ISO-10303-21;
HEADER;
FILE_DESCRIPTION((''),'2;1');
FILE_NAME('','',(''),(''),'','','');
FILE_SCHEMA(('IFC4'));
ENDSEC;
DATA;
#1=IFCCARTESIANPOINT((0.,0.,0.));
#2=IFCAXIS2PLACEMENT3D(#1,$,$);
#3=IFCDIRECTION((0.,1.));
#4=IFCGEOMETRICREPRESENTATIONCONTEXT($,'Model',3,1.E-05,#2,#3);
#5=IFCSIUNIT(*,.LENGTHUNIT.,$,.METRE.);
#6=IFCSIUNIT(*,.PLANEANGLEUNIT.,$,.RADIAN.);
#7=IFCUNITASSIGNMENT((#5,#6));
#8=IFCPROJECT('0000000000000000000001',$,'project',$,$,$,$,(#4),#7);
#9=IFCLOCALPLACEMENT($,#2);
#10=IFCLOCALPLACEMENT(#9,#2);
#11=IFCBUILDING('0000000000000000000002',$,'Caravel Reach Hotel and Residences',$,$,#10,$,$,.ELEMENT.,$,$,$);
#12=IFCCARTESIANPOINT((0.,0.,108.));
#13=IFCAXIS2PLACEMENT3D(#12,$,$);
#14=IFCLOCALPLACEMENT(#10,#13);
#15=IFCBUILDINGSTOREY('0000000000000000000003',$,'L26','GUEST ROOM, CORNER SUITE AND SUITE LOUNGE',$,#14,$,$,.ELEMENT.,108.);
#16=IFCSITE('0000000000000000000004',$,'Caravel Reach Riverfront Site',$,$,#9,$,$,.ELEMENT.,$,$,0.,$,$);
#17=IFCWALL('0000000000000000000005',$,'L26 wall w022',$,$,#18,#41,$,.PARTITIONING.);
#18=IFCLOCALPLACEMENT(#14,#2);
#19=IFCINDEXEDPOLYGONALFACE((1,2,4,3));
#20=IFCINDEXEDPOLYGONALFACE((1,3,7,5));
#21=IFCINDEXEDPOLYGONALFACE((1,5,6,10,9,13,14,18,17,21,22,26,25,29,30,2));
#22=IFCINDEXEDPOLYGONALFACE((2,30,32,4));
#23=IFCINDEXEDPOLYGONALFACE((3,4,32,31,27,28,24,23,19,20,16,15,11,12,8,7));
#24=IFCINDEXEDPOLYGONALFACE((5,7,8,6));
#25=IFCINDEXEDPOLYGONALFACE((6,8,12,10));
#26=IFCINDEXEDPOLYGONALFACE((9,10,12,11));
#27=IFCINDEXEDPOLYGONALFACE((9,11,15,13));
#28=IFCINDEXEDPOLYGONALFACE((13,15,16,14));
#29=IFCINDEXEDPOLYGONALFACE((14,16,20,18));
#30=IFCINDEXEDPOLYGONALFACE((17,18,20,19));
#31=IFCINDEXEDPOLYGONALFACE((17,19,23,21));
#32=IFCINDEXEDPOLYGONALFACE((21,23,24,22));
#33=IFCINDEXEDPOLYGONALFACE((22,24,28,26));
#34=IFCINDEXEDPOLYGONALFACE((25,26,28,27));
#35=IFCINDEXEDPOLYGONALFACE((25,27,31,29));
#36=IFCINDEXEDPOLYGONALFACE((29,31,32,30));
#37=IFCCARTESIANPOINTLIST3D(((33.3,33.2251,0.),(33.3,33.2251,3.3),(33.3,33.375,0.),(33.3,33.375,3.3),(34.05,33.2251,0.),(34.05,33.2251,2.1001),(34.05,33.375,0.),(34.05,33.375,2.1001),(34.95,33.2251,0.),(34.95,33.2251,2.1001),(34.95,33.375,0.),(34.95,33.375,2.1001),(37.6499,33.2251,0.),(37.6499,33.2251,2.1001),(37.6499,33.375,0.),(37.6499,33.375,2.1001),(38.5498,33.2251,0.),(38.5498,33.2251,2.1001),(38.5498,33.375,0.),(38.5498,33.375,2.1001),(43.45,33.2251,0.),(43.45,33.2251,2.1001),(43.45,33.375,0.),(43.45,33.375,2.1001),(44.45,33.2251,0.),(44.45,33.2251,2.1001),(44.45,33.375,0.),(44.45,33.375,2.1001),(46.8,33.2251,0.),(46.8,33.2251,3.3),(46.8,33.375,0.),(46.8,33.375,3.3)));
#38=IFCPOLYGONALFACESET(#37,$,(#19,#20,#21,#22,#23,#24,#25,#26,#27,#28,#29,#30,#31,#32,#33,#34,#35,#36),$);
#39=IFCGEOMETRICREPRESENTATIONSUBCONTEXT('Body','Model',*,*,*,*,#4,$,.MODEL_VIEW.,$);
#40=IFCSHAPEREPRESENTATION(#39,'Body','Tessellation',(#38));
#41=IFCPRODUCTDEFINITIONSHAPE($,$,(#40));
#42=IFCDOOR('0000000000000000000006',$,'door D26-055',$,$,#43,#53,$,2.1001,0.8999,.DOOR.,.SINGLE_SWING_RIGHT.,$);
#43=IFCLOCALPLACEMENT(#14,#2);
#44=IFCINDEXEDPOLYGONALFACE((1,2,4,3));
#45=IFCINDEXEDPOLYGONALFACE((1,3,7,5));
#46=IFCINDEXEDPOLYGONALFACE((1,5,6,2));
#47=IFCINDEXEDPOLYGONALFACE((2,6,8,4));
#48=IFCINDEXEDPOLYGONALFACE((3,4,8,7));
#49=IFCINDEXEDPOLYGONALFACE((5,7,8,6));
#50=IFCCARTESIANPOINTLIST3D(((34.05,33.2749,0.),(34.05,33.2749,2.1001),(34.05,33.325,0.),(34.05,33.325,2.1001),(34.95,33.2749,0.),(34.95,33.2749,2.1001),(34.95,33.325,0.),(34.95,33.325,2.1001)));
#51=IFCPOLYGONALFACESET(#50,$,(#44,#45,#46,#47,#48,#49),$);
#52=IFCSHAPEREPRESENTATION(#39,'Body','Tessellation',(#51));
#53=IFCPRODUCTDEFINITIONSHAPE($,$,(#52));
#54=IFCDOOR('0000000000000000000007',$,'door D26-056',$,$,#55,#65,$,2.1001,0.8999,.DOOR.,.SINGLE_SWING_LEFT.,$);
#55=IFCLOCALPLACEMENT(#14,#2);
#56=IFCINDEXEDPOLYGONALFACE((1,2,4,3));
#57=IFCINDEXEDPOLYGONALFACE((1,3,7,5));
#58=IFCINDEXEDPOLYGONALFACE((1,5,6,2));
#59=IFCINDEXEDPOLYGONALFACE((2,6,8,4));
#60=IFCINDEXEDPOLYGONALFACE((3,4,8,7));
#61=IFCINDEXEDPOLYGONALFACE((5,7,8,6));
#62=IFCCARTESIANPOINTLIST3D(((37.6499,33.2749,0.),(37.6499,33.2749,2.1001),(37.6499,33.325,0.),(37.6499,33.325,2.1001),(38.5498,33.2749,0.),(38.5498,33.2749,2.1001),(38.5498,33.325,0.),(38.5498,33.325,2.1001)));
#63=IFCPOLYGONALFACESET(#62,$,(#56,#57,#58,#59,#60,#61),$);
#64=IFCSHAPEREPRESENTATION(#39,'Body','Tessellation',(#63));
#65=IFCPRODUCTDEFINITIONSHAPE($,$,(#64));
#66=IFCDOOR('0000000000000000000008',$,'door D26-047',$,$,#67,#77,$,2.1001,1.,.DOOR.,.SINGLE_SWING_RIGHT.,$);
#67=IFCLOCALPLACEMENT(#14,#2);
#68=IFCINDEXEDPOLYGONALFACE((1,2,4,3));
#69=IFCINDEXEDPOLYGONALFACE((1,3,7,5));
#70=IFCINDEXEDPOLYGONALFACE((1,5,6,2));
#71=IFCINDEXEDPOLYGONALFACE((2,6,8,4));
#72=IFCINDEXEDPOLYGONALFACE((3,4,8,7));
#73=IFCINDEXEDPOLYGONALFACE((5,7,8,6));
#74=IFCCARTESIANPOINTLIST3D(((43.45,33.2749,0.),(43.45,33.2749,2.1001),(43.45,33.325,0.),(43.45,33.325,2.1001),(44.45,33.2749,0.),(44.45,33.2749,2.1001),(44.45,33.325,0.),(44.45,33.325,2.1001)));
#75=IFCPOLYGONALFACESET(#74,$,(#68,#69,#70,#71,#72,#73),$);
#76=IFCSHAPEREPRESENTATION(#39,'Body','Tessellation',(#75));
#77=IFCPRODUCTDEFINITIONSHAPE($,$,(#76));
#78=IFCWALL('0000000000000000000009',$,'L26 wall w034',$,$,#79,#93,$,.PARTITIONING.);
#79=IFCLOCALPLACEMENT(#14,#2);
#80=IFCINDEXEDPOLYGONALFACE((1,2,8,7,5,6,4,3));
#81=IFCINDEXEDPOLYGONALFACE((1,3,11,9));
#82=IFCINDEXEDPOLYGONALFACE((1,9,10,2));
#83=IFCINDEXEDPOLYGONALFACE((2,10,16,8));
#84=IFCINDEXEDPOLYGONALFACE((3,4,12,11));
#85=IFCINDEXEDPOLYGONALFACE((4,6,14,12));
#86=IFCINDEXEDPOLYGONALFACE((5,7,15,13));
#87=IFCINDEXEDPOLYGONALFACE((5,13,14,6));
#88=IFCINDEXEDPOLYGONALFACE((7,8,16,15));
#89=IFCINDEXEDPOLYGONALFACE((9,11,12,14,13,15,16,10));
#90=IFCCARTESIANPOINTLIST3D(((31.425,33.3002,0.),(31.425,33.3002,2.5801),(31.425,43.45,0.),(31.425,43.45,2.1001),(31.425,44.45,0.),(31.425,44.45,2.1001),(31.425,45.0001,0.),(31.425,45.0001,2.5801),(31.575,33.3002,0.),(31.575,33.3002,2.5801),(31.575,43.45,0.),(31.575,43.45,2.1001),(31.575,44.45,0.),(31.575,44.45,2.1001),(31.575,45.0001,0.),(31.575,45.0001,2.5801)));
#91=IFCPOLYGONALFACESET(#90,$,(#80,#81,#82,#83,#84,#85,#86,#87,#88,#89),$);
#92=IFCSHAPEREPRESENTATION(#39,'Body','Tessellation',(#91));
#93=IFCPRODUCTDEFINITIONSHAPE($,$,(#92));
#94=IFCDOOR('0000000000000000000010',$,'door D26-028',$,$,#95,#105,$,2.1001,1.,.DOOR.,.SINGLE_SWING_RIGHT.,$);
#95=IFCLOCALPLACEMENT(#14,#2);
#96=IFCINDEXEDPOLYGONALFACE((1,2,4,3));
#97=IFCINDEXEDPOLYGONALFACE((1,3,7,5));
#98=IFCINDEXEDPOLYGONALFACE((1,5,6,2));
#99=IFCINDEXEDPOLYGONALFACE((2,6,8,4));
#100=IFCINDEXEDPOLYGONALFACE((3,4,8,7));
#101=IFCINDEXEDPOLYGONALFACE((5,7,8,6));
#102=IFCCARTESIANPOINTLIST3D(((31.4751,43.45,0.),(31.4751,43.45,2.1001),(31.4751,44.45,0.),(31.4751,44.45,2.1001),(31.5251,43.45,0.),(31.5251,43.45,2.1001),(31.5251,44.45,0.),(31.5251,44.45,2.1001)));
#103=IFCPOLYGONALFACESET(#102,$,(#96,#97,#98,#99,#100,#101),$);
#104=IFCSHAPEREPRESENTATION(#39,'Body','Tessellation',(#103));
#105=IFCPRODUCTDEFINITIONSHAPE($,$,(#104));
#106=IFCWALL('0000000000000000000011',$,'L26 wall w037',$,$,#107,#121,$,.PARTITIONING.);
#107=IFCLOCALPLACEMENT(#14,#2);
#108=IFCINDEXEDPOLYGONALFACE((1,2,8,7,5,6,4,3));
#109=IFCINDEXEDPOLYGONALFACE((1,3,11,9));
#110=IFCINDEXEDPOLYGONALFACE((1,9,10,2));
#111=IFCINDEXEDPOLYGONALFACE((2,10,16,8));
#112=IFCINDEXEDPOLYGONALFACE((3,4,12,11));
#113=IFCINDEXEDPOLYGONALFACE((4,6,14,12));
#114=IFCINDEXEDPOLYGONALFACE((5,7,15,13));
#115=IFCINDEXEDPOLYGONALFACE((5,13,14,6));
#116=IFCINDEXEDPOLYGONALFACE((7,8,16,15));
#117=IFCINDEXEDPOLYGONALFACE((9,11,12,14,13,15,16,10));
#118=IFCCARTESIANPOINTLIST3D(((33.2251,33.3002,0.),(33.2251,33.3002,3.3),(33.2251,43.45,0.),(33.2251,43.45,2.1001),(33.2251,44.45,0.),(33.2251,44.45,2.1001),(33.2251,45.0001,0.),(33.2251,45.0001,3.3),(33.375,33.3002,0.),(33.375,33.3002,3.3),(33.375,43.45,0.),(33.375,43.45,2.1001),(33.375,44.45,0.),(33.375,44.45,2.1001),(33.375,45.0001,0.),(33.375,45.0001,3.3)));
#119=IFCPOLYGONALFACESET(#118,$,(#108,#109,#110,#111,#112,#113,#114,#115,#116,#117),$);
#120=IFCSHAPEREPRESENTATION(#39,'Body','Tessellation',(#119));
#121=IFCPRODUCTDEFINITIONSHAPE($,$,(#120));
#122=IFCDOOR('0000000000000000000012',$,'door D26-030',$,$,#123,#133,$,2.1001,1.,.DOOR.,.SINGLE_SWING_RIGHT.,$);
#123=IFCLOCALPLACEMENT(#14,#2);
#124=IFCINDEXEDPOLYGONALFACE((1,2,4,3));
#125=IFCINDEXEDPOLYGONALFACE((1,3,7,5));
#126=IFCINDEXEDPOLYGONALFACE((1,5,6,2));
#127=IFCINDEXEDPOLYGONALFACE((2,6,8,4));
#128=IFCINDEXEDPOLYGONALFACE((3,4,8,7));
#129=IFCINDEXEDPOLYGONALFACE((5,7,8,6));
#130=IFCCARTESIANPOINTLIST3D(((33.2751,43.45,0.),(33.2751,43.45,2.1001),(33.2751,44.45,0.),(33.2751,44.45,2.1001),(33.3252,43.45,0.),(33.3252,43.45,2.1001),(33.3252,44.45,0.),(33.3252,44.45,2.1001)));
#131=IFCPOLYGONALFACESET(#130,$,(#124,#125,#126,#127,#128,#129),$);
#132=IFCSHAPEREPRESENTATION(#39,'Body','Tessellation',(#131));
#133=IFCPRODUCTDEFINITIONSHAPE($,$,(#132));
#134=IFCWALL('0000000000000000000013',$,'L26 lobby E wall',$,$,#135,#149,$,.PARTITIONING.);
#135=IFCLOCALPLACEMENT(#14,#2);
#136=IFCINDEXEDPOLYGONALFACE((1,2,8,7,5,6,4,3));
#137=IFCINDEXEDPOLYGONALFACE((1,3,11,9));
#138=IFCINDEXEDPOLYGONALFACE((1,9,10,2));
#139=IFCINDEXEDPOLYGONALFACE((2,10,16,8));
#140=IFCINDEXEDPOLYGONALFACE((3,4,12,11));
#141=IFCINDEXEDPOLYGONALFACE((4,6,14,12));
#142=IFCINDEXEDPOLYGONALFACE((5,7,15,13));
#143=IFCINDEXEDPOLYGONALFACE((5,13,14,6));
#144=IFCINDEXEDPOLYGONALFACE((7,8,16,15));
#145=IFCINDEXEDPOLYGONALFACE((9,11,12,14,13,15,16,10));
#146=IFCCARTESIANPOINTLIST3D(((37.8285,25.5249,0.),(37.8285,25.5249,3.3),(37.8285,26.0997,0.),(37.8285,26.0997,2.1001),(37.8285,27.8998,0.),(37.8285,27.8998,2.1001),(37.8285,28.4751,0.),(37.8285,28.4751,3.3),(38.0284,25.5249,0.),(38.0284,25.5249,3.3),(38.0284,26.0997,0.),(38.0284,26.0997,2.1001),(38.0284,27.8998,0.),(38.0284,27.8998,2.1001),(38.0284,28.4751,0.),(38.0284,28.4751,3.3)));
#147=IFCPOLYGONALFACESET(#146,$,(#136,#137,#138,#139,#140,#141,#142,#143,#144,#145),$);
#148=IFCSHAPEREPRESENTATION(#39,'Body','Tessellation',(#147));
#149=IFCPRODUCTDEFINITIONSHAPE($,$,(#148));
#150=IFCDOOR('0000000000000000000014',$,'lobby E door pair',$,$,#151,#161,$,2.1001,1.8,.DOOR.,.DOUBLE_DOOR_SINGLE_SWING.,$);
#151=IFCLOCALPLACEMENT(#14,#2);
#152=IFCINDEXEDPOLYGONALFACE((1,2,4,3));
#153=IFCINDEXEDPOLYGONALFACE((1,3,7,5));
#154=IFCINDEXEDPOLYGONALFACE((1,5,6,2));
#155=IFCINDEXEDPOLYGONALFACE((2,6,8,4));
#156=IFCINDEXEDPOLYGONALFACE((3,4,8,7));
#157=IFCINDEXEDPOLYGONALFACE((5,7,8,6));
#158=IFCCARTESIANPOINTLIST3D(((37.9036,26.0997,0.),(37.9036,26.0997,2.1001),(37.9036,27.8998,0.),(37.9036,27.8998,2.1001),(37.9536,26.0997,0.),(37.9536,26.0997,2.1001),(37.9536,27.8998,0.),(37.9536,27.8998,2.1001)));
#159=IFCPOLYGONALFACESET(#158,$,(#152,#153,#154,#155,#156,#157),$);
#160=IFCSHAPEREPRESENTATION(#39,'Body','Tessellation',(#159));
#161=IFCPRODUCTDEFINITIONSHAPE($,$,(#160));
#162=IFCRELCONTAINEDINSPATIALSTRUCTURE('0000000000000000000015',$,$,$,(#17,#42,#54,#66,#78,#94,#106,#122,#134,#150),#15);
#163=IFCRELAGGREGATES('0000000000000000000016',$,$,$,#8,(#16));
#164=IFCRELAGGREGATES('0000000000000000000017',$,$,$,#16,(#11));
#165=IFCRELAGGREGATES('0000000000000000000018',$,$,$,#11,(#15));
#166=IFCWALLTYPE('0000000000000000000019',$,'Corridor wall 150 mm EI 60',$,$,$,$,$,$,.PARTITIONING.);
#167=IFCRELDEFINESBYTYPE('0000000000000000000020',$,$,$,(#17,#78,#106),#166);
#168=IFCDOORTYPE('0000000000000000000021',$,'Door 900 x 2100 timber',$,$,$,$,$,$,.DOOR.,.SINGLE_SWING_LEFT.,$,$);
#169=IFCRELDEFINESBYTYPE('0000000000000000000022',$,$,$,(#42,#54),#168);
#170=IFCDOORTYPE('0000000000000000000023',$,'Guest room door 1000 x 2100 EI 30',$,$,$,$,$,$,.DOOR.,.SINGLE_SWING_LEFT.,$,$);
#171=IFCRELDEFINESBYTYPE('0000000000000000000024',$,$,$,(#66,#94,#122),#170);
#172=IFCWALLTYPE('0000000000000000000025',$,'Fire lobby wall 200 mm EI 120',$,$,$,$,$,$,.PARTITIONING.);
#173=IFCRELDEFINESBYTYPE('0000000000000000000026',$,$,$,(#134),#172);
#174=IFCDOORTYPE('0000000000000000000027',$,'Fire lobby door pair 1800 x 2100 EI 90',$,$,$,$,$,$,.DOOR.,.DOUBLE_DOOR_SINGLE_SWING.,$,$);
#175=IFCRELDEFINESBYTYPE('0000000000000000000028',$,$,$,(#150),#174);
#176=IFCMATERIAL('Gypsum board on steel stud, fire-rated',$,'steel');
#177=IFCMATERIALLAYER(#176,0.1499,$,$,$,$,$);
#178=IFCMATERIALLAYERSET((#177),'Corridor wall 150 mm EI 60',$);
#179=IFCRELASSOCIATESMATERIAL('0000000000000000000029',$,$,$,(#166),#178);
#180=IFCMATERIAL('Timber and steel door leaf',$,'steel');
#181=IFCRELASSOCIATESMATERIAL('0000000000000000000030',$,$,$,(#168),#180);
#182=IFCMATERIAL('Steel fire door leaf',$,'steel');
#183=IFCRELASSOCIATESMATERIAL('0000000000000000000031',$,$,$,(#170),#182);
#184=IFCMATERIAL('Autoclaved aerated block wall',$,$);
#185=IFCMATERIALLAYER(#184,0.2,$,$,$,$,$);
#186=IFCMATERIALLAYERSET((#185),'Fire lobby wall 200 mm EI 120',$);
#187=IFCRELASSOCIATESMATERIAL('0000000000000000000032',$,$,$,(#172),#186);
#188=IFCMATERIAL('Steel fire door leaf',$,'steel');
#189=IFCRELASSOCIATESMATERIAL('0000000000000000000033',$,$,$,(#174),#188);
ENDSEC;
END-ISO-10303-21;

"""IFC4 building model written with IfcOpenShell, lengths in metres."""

from ifc_helpers import new_model, si_unit, direction, frame, frame_2d, origin, place, context, subcontext, project, spatial, rectangle, extrude, material, layer, layer_set, type_object, element, fill, save


model = new_model("IFC4")

# Units and contexts
model_context = context("Model", 3, precision=1e-05, world=origin(), true_north=direction((0.0, 1.0)))
body_context = subcontext(model_context, "Body", "Model", "MODEL_VIEW")
ifc_project = project(units=[si_unit("LENGTHUNIT", "METRE"), si_unit("PLANEANGLEUNIT", "RADIAN")], contexts=[model_context])

# Site, building, storey
site_placement = place(None, origin())
site = spatial("IfcSite", under=ifc_project, at=site_placement, Name="Caravel Reach Riverfront Site", CompositionType="ELEMENT", RefElevation=0.0)
building_placement = place(site_placement, origin())
building = spatial("IfcBuilding", under=site, at=building_placement, Name="Caravel Reach Hotel and Residences", CompositionType="ELEMENT")
storey_placement = place(building_placement, frame((0.0, 0.0, 108.0)))
storey = spatial("IfcBuildingStorey", under=building, at=storey_placement, Name="L26", Description="GUEST ROOM, CORNER SUITE AND SUITE LOUNGE", CompositionType="ELEMENT", Elevation=108.0)

# Wall, openings, doors
ifc_material_1 = material(Name="Gypsum board on steel stud, fire-rated", Category="steel")
ifc_layer_1 = layer(ifc_material_1, 0.1499)
ifc_layer_set_1 = layer_set([ifc_layer_1], Name="Corridor wall 150 mm EI 60")
wall_type_1 = type_object("IfcWallType", Name="Corridor wall 150 mm EI 60", PredefinedType="PARTITIONING", material=ifc_layer_set_1)
wall_1_placement = place(storey_placement, frame((33.3, 33.3, 0.0), z_axis=(0.0, 0.0, 1.0), x_axis=(1.0, 0.0, 0.0)))
wall_1 = element("IfcWall", 1, at=wall_1_placement, inside=storey, type_object=wall_type_1, Name="L26 wall w022", PredefinedType="PARTITIONING", context=body_context, shape_type="SweptSolid", body=[
    extrude(rectangle(XDim=13.5, YDim=0.1499, at=frame_2d((6.75, 0.0))), origin(), (0.0, 0.0, 1.0), 3.3),
])
opening_1_placement = place(wall_1_placement, frame((10.1499, 0.0, 0.0)))
opening_1 = element("IfcOpeningElement", 2, at=opening_1_placement, cuts=wall_1, PredefinedType="OPENING", context=body_context, shape_type="SweptSolid", body=[
    extrude(rectangle(XDim=1.0, YDim=2.1001, at=frame_2d((0.5, 1.05))), frame((0.0, 0.085, 0.0), z_axis=(0.0, -1.0, 0.0), x_axis=(1.0, 0.0, 0.0)), (0.0, 0.0, 1.0), 0.1699),
])
opening_2_placement = place(wall_1_placement, frame((0.75, 0.0, 0.0)))
opening_2 = element("IfcOpeningElement", 3, at=opening_2_placement, cuts=wall_1, PredefinedType="OPENING", context=body_context, shape_type="SweptSolid", body=[
    extrude(rectangle(XDim=0.8999, YDim=2.1001, at=frame_2d((0.45, 1.05))), frame((0.0, 0.085, 0.0), z_axis=(0.0, -1.0, 0.0), x_axis=(1.0, 0.0, 0.0)), (0.0, 0.0, 1.0), 0.1699),
])
opening_3_placement = place(wall_1_placement, frame((4.3499, 0.0, 0.0)))
opening_3 = element("IfcOpeningElement", 4, at=opening_3_placement, cuts=wall_1, PredefinedType="OPENING", context=body_context, shape_type="SweptSolid", body=[
    extrude(rectangle(XDim=0.8999, YDim=2.1001, at=frame_2d((0.45, 1.05))), frame((0.0, 0.085, 0.0), z_axis=(0.0, -1.0, 0.0), x_axis=(1.0, 0.0, 0.0)), (0.0, 0.0, 1.0), 0.1699),
])
ifc_material_2 = material(Name="Timber and steel door leaf", Category="steel")
door_type_1 = type_object("IfcDoorType", Name="Door 900 x 2100 timber", OperationType="SINGLE_SWING_LEFT", PredefinedType="DOOR", material=ifc_material_2)
door_1_placement = place(opening_2_placement, origin())
door_1 = element("IfcDoor", 5, at=door_1_placement, inside=storey, type_object=door_type_1, Name="door D26-055", OperationType="SINGLE_SWING_RIGHT", OverallHeight=2.1001, OverallWidth=0.8999, PredefinedType="DOOR", context=body_context, shape_type="SweptSolid", body=[
    extrude(rectangle(XDim=0.8999, YDim=2.1001, at=frame_2d((0.45, 1.05))), frame((0.0, 0.0249, 0.0), z_axis=(0.0, -1.0, 0.0), x_axis=(1.0, 0.0, 0.0)), (0.0, 0.0, 1.0), 0.05),
])
fill(opening_2, door_1)
door_2_placement = place(opening_3_placement, origin())
door_2 = element("IfcDoor", 6, at=door_2_placement, inside=storey, type_object=door_type_1, Name="door D26-056", OperationType="SINGLE_SWING_LEFT", OverallHeight=2.1001, OverallWidth=0.8999, PredefinedType="DOOR", context=body_context, shape_type="SweptSolid", body=[
    extrude(rectangle(XDim=0.8999, YDim=2.1001, at=frame_2d((0.45, 1.05))), frame((0.0, 0.0249, 0.0), z_axis=(0.0, -1.0, 0.0), x_axis=(1.0, 0.0, 0.0)), (0.0, 0.0, 1.0), 0.05),
])
fill(opening_3, door_2)
ifc_material_3 = material(Name="Steel fire door leaf", Category="steel")
door_type_2 = type_object("IfcDoorType", Name="Guest room door 1000 x 2100 EI 30", OperationType="SINGLE_SWING_LEFT", PredefinedType="DOOR", material=ifc_material_3)
door_3_placement = place(opening_1_placement, origin())
door_3 = element("IfcDoor", 7, at=door_3_placement, inside=storey, type_object=door_type_2, Name="door D26-047", OperationType="SINGLE_SWING_RIGHT", OverallHeight=2.1001, OverallWidth=1.0, PredefinedType="DOOR", context=body_context, shape_type="SweptSolid", body=[
    extrude(rectangle(XDim=1.0, YDim=2.1001, at=frame_2d((0.5, 1.05))), frame((0.0, 0.0249, 0.0), z_axis=(0.0, -1.0, 0.0), x_axis=(1.0, 0.0, 0.0)), (0.0, 0.0, 1.0), 0.05),
])
fill(opening_1, door_3)

# Walls, openings, doors
wall_2_placement = place(storey_placement, frame((31.5, 33.3, 0.0), z_axis=(0.0, 0.0, 1.0), x_axis=(0.0, 1.0, 0.0)))
wall_2 = element("IfcWall", 8, at=wall_2_placement, inside=storey, type_object=wall_type_1, Name="L26 wall w034", PredefinedType="PARTITIONING", context=body_context, shape_type="SweptSolid", body=[
    extrude(rectangle(XDim=11.7, YDim=0.1499, at=frame_2d((5.8501, 0.0))), origin(), (0.0, 0.0, 1.0), 2.5801),
])
opening_4_placement = place(wall_2_placement, frame((10.1499, 0.0, 0.0)))
opening_4 = element("IfcOpeningElement", 9, at=opening_4_placement, cuts=wall_2, PredefinedType="OPENING", context=body_context, shape_type="SweptSolid", body=[
    extrude(rectangle(XDim=1.0, YDim=2.1001, at=frame_2d((0.5, 1.05))), frame((0.0, 0.085, 0.0), z_axis=(0.0, -1.0, 0.0), x_axis=(1.0, 0.0, 0.0)), (0.0, 0.0, 1.0), 0.1699),
])
door_4_placement = place(opening_4_placement, origin())
door_4 = element("IfcDoor", 10, at=door_4_placement, inside=storey, type_object=door_type_2, Name="door D26-028", OperationType="SINGLE_SWING_RIGHT", OverallHeight=2.1001, OverallWidth=1.0, PredefinedType="DOOR", context=body_context, shape_type="SweptSolid", body=[
    extrude(rectangle(XDim=1.0, YDim=2.1001, at=frame_2d((0.5, 1.05))), frame((0.0, 0.0249, 0.0), z_axis=(0.0, -1.0, 0.0), x_axis=(1.0, 0.0, 0.0)), (0.0, 0.0, 1.0), 0.05),
])
fill(opening_4, door_4)
wall_3_placement = place(storey_placement, frame((33.3, 33.3, 0.0), z_axis=(0.0, 0.0, 1.0), x_axis=(0.0, 1.0, 0.0)))
wall_3 = element("IfcWall", 11, at=wall_3_placement, inside=storey, type_object=wall_type_1, Name="L26 wall w037", PredefinedType="PARTITIONING", context=body_context, shape_type="SweptSolid", body=[
    extrude(rectangle(XDim=11.7, YDim=0.1499, at=frame_2d((5.8501, 0.0))), origin(), (0.0, 0.0, 1.0), 3.3),
])
opening_5_placement = place(wall_3_placement, frame((10.1499, 0.0, 0.0)))
opening_5 = element("IfcOpeningElement", 12, at=opening_5_placement, cuts=wall_3, PredefinedType="OPENING", context=body_context, shape_type="SweptSolid", body=[
    extrude(rectangle(XDim=1.0, YDim=2.1001, at=frame_2d((0.5, 1.05))), frame((0.0, 0.085, 0.0), z_axis=(0.0, -1.0, 0.0), x_axis=(1.0, 0.0, 0.0)), (0.0, 0.0, 1.0), 0.1699),
])
door_5_placement = place(opening_5_placement, origin())
door_5 = element("IfcDoor", 13, at=door_5_placement, inside=storey, type_object=door_type_2, Name="door D26-030", OperationType="SINGLE_SWING_RIGHT", OverallHeight=2.1001, OverallWidth=1.0, PredefinedType="DOOR", context=body_context, shape_type="SweptSolid", body=[
    extrude(rectangle(XDim=1.0, YDim=2.1001, at=frame_2d((0.5, 1.05))), frame((0.0, 0.0249, 0.0), z_axis=(0.0, -1.0, 0.0), x_axis=(1.0, 0.0, 0.0)), (0.0, 0.0, 1.0), 0.05),
])
fill(opening_5, door_5)
ifc_material_4 = material(Name="Autoclaved aerated block wall")
ifc_layer_2 = layer(ifc_material_4, 0.2)
ifc_layer_set_2 = layer_set([ifc_layer_2], Name="Fire lobby wall 200 mm EI 120")
wall_type_2 = type_object("IfcWallType", Name="Fire lobby wall 200 mm EI 120", PredefinedType="PARTITIONING", material=ifc_layer_set_2)
wall_4_placement = place(storey_placement, frame((37.9285, 25.5249, 0.0), z_axis=(0.0, 0.0, 1.0), x_axis=(0.0, 1.0, 0.0)))
wall_4 = element("IfcWall", 14, at=wall_4_placement, inside=storey, type_object=wall_type_2, Name="L26 lobby E wall", PredefinedType="PARTITIONING", context=body_context, shape_type="SweptSolid", body=[
    extrude(rectangle(XDim=2.9502, YDim=0.2, at=frame_2d((1.4751, 0.0))), origin(), (0.0, 0.0, 1.0), 3.3),
])
opening_6_placement = place(wall_4_placement, frame((0.575, 0.0, 0.0)))
opening_6 = element("IfcOpeningElement", 15, at=opening_6_placement, cuts=wall_4, PredefinedType="OPENING", context=body_context, shape_type="SweptSolid", body=[
    extrude(rectangle(XDim=1.8, YDim=2.1001, at=frame_2d((0.8999, 1.05))), frame((0.0, 0.1099, 0.0), z_axis=(0.0, -1.0, 0.0), x_axis=(1.0, 0.0, 0.0)), (0.0, 0.0, 1.0), 0.22),
])
ifc_material_5 = material(Name="Steel fire door leaf", Category="steel")
door_type_3 = type_object("IfcDoorType", Name="Fire lobby door pair 1800 x 2100 EI 90", OperationType="DOUBLE_DOOR_SINGLE_SWING", PredefinedType="DOOR", material=ifc_material_5)
door_6_placement = place(opening_6_placement, origin())
door_6 = element("IfcDoor", 16, at=door_6_placement, inside=storey, type_object=door_type_3, Name="lobby E door pair", OperationType="DOUBLE_DOOR_SINGLE_SWING", OverallHeight=2.1001, OverallWidth=1.8, PredefinedType="DOOR", context=body_context, shape_type="SweptSolid", body=[
    extrude(rectangle(XDim=1.8, YDim=2.1001, at=frame_2d((0.8999, 1.05))), frame((0.0, 0.0249, 0.0), z_axis=(0.0, -1.0, 0.0), x_axis=(1.0, 0.0, 0.0)), (0.0, 0.0, 1.0), 0.05),
])
fill(opening_6, door_6)

save(model, "model.ifc")
